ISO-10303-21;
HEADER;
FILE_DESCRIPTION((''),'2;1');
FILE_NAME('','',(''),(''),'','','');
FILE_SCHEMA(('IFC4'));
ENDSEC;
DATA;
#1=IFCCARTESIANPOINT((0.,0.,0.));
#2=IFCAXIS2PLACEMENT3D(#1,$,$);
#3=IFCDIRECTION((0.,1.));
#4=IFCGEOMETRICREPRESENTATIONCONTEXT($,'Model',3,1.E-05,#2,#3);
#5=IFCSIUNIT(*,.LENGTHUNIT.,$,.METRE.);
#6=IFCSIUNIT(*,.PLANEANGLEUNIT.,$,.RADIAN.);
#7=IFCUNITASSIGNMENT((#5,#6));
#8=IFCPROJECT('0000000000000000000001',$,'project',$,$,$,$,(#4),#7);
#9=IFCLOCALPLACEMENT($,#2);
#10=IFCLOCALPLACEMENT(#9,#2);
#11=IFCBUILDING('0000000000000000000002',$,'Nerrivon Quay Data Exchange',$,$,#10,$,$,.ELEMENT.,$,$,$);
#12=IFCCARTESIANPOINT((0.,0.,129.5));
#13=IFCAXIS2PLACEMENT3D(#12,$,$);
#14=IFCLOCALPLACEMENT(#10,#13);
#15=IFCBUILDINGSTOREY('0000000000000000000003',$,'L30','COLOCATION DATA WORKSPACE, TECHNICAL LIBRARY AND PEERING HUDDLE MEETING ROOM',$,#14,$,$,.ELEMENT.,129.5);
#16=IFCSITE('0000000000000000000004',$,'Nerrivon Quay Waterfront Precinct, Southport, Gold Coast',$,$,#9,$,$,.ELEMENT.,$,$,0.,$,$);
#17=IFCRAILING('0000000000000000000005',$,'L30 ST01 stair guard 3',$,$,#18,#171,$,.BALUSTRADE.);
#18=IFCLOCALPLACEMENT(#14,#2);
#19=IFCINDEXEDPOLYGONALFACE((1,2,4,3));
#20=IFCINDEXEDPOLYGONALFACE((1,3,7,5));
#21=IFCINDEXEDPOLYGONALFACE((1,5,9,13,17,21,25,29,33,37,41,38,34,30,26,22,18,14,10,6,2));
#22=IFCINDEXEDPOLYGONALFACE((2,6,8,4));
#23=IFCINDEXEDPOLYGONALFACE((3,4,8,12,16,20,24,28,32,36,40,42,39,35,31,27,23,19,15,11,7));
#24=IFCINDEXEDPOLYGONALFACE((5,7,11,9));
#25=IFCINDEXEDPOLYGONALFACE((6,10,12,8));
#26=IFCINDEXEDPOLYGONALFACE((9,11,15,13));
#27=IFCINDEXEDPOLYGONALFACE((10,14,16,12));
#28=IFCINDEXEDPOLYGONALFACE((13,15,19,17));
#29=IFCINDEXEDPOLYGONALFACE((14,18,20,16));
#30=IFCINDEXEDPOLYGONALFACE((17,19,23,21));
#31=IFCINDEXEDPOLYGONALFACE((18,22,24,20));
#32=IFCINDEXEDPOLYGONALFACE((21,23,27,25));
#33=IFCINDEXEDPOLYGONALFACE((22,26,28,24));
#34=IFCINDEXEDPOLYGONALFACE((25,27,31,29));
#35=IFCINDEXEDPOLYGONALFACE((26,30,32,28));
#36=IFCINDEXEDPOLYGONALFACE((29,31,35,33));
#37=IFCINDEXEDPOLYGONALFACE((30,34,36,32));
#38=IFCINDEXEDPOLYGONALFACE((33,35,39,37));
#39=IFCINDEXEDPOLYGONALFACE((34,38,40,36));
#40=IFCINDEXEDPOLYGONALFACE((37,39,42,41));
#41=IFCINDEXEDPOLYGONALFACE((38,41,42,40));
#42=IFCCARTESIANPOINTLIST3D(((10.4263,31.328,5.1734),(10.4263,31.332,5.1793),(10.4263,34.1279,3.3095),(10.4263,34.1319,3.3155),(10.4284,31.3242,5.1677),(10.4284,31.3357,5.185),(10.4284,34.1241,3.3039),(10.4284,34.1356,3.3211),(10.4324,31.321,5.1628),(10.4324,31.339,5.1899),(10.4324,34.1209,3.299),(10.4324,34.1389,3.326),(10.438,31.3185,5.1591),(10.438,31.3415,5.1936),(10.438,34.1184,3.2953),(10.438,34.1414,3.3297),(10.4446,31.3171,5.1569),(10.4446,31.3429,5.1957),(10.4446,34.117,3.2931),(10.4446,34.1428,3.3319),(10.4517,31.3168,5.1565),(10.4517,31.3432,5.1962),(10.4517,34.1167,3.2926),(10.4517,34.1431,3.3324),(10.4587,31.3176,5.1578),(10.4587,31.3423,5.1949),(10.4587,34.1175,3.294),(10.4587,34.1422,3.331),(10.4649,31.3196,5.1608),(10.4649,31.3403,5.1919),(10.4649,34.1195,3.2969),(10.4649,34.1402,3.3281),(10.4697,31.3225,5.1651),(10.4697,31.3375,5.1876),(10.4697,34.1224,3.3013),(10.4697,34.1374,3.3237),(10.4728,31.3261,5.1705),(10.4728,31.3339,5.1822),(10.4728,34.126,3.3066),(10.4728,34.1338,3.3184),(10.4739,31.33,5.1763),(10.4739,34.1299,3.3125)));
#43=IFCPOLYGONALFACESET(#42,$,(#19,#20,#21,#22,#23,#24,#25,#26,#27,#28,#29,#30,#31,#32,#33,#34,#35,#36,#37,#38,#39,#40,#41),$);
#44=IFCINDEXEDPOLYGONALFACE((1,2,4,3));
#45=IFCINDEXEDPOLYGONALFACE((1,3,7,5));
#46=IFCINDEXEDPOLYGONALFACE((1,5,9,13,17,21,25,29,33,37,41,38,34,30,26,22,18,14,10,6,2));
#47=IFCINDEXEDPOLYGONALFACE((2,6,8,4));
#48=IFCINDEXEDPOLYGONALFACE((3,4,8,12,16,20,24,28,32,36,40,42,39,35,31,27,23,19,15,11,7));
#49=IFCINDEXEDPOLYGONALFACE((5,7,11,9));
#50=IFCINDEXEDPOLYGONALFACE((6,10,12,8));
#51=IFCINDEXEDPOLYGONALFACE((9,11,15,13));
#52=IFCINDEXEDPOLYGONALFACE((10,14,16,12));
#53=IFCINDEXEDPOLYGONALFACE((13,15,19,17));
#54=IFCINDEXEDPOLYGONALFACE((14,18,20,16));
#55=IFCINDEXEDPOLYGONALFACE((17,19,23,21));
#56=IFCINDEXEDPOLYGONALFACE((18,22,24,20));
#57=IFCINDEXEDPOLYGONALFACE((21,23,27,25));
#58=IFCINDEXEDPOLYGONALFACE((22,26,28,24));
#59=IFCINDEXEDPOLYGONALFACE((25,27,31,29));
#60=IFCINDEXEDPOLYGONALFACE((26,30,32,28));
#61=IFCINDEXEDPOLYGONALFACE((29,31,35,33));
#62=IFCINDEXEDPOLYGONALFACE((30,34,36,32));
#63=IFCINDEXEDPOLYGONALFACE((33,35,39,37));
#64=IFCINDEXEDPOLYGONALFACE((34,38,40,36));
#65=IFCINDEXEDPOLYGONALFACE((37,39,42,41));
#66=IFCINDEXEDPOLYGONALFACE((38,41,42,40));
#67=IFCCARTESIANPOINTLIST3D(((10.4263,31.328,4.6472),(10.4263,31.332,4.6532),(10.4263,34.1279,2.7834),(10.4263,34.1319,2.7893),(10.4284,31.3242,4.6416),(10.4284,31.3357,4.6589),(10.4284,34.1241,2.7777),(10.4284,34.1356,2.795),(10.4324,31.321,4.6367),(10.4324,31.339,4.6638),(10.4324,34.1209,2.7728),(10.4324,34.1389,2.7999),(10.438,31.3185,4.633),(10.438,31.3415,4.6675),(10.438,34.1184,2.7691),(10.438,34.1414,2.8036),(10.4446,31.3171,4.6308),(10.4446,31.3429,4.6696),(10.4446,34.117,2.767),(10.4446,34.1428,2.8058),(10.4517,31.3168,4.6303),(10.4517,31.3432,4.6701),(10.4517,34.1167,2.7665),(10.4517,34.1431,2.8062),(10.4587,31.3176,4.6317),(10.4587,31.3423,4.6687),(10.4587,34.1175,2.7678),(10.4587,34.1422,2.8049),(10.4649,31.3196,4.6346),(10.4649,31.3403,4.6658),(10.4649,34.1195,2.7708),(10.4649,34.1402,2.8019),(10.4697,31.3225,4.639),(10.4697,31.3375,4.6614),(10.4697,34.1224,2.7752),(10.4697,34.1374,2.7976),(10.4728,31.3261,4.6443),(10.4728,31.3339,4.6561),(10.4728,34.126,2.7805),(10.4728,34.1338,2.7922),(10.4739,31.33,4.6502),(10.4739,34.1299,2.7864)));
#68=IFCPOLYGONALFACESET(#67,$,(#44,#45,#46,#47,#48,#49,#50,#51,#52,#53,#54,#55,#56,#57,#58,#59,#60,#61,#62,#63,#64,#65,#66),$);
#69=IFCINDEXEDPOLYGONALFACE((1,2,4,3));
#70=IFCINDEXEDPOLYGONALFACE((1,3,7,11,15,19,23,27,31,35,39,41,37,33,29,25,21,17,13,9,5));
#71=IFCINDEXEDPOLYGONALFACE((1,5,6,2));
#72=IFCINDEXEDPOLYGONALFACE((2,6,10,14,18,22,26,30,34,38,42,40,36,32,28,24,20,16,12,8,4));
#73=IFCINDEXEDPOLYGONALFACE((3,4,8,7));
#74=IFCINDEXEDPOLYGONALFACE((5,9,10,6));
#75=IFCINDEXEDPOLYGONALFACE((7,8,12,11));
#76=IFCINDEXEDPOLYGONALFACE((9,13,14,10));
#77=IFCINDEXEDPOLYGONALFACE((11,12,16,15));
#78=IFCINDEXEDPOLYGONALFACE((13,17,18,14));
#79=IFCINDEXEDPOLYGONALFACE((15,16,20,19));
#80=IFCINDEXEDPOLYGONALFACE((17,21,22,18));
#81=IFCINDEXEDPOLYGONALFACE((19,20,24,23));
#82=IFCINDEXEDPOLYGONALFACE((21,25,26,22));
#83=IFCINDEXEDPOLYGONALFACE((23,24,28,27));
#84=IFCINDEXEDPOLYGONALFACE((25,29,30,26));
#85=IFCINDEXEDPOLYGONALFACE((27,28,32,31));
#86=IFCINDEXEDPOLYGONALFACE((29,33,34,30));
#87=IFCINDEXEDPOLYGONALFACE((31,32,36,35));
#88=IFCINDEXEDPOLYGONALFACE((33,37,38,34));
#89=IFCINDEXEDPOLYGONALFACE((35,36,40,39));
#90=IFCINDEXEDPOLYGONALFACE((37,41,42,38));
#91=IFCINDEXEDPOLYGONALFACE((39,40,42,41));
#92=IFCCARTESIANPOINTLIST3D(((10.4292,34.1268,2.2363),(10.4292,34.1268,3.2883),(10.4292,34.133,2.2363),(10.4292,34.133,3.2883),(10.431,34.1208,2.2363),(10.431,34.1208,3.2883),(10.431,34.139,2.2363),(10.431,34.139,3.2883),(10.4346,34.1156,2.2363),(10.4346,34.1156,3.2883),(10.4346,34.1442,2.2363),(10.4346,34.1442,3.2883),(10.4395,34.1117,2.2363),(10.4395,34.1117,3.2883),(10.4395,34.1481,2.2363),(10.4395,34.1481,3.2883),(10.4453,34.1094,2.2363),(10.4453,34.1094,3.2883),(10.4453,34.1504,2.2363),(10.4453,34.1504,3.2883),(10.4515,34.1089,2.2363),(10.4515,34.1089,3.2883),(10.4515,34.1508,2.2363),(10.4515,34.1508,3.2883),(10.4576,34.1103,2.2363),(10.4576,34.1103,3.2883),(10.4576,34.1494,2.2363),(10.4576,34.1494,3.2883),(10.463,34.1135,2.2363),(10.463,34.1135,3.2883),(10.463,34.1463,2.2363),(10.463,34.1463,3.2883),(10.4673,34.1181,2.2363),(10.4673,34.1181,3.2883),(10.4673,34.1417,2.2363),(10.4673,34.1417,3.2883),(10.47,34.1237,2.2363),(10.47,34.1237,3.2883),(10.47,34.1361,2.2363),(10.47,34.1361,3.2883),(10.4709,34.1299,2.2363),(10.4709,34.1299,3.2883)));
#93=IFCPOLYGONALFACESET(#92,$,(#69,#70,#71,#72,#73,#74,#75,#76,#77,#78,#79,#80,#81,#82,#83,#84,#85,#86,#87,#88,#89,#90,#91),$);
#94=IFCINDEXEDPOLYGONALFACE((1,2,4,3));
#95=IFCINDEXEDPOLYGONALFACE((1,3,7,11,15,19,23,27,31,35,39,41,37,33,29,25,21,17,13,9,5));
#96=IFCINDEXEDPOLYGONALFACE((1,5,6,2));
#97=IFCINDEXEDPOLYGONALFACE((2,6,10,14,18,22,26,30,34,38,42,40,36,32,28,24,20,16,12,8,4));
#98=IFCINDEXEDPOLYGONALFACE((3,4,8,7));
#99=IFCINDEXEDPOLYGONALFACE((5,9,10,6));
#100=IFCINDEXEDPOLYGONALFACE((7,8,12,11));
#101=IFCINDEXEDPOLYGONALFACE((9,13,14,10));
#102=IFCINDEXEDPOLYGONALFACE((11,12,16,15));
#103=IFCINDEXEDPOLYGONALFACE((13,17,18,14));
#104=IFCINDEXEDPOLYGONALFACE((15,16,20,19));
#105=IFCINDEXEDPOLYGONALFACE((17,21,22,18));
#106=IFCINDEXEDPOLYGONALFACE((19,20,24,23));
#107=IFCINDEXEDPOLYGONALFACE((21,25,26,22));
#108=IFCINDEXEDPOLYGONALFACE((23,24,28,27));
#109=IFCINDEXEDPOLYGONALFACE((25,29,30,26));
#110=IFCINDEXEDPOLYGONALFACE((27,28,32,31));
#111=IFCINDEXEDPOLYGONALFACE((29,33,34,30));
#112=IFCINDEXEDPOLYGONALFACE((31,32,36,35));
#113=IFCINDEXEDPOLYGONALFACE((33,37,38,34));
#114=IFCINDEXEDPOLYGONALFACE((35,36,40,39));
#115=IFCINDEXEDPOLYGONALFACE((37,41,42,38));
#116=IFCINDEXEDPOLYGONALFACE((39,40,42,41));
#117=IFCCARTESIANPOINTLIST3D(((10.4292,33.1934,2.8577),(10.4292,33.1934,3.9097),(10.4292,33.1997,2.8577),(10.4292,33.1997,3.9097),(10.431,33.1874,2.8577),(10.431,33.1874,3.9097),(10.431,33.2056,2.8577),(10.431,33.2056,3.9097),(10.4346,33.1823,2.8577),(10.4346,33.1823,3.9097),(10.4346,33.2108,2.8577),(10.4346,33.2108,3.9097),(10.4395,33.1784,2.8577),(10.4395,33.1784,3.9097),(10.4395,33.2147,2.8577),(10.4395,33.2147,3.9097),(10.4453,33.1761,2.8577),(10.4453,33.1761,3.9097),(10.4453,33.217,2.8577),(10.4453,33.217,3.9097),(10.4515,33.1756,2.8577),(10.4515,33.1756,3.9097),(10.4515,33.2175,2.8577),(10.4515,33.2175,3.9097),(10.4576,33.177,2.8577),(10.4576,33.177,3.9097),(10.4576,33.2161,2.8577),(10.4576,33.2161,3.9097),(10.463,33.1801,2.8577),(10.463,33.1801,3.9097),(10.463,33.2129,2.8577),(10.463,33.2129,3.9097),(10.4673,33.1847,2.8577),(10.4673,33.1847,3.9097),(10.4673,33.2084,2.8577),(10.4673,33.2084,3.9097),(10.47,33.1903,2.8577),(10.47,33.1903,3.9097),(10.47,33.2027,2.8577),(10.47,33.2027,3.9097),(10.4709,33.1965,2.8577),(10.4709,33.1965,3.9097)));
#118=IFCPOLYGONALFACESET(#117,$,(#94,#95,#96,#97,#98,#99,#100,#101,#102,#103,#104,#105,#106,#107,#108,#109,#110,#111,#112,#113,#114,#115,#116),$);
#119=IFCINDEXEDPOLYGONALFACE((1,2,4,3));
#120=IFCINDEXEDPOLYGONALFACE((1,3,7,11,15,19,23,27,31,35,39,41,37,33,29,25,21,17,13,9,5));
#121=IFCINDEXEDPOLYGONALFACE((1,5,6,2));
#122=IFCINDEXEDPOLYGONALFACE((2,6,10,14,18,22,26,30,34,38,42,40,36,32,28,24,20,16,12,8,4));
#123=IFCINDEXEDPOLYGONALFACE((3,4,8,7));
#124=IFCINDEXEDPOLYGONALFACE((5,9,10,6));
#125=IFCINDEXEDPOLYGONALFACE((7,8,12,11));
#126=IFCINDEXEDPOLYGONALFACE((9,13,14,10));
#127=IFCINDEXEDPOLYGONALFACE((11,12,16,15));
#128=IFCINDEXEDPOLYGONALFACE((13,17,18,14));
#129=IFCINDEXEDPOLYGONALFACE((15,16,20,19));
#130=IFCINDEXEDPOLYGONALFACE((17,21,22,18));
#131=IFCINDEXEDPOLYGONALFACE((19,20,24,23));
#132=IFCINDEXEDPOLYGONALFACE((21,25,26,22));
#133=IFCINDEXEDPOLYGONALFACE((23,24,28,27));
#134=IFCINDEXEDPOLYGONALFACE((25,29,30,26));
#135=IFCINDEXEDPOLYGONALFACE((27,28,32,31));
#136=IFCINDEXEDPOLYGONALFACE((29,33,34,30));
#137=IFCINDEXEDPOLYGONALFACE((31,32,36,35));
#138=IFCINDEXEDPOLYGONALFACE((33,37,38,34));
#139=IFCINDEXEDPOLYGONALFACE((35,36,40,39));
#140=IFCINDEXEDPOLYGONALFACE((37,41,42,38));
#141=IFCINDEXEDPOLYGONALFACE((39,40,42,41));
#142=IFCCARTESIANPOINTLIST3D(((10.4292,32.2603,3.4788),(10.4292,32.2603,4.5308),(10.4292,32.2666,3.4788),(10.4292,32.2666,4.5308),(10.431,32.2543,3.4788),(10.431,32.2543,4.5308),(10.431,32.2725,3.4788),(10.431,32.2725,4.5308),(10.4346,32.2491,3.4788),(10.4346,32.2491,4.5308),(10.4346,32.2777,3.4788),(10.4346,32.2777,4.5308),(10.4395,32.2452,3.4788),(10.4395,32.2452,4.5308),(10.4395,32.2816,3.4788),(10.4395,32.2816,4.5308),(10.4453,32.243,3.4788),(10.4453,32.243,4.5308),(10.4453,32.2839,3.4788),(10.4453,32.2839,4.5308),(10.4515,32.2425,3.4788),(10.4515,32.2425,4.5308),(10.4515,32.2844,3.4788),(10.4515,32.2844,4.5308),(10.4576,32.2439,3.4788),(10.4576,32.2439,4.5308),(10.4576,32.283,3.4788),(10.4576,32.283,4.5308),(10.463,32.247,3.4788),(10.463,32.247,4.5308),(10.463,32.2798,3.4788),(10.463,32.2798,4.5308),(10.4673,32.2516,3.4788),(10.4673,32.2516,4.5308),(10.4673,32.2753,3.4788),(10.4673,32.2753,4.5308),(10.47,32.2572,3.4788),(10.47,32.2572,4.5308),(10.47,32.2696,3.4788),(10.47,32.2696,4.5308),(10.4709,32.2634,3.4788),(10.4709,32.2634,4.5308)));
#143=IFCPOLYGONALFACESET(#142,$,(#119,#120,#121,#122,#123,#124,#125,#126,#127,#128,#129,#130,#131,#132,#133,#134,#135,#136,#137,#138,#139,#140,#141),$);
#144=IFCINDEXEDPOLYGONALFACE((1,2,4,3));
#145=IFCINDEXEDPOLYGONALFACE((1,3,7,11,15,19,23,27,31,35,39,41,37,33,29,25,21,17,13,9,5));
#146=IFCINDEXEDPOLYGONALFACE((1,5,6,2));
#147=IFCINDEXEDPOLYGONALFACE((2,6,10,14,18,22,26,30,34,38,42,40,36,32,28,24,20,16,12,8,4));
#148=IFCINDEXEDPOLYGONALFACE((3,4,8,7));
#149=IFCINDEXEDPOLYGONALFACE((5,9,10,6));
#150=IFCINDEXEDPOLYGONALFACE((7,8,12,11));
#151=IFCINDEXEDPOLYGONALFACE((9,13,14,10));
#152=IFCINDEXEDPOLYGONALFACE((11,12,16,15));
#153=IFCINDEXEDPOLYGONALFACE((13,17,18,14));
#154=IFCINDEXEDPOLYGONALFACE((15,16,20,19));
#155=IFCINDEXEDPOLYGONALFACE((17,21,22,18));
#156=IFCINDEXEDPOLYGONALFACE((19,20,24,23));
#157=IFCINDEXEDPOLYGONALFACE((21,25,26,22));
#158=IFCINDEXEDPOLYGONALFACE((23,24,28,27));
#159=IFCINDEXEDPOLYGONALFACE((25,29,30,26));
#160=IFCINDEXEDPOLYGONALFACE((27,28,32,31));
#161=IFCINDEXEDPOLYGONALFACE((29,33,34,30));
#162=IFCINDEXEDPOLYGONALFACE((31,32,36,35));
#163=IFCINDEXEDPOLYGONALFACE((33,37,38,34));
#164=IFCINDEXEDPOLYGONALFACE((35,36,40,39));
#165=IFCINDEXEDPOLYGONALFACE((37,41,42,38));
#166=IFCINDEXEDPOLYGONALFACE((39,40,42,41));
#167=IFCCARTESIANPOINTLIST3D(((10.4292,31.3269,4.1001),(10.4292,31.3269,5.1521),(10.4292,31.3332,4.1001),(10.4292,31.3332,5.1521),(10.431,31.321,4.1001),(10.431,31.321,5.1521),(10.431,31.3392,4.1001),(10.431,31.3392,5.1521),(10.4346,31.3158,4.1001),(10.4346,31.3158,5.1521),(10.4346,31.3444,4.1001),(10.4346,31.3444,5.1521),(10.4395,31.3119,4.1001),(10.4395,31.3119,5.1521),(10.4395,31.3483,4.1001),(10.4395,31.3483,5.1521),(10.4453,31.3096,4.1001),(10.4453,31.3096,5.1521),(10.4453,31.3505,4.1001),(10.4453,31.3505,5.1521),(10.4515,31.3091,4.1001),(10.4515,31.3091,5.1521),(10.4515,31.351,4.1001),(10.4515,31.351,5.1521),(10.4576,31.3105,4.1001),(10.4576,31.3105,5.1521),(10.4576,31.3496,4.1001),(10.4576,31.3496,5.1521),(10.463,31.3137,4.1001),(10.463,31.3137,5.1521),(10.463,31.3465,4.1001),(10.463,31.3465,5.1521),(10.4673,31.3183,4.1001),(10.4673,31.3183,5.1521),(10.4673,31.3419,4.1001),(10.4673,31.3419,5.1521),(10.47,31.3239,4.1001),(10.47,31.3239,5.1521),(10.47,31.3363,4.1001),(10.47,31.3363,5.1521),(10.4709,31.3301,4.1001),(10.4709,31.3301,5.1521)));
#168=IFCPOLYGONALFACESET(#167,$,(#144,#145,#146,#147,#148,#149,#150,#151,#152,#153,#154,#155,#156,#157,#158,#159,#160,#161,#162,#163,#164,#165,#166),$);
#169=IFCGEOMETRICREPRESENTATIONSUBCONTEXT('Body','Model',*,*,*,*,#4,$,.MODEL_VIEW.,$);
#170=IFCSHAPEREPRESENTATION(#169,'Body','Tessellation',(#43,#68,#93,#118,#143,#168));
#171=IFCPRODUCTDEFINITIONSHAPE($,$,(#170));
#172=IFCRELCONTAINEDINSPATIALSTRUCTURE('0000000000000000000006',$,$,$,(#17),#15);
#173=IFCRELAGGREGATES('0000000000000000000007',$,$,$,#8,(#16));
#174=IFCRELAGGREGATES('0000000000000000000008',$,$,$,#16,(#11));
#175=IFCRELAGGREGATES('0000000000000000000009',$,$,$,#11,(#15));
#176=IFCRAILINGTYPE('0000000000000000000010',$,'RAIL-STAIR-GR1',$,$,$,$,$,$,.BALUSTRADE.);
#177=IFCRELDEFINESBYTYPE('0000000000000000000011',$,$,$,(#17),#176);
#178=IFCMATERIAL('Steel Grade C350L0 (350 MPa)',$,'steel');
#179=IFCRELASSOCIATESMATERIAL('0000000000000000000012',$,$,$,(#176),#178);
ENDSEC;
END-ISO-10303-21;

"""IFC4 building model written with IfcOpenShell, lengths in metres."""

from ifc_helpers import new_model, si_unit, direction, frame, origin, origin_2d, place, context, subcontext, project, spatial, circle, extrude, material, type_object, element, save


model = new_model("IFC4")

# Units and contexts
model_context = context("Model", 3, precision=1e-05, world=origin(), true_north=direction((0.0, 1.0)))
body_context = subcontext(model_context, "Body", "Model", "MODEL_VIEW")
ifc_project = project(units=[si_unit("LENGTHUNIT", "METRE"), si_unit("PLANEANGLEUNIT", "RADIAN")], contexts=[model_context])

# Site, building, storey
site_placement = place(None, origin())
site = spatial("IfcSite", under=ifc_project, at=site_placement, Name="Nerrivon Quay Waterfront Precinct, Southport, Gold Coast", CompositionType="ELEMENT", RefElevation=0.0)
building_placement = place(site_placement, origin())
building = spatial("IfcBuilding", under=site, at=building_placement, Name="Nerrivon Quay Data Exchange", CompositionType="ELEMENT")
storey_placement = place(building_placement, frame((0.0, 0.0, 129.5)))
storey = spatial("IfcBuildingStorey", under=building, at=storey_placement, Name="L30", Description="COLOCATION DATA WORKSPACE, TECHNICAL LIBRARY AND PEERING HUDDLE MEETING ROOM", CompositionType="ELEMENT", Elevation=129.5)

# Railing
ifc_material_1 = material(Name="Steel Grade C350L0 (350 MPa)", Category="steel")
railing_type = type_object("IfcRailingType", Name="RAIL-STAIR-GR1", PredefinedType="BALUSTRADE", material=ifc_material_1)
railing_1_placement = place(storey_placement, frame((10.45, 34.1299, 2.2363)))
element("IfcRailing", 1, at=railing_1_placement, inside=storey, type_object=railing_type, Name="L30 ST01 stair guard 3", PredefinedType="BALUSTRADE", context=body_context, shape_type="SweptSolid", body=[
    extrude(circle(Radius=0.0239, at=origin_2d()), frame((0.0, 0.0, 1.0762), z_axis=(0.0, -0.83243, 0.554131), x_axis=(1.0, 0.0, 0.0)), (0.0, 0.0, 1.0), 3.3635),
    extrude(circle(Radius=0.0239, at=origin_2d()), frame((0.0, 0.0, 0.55), z_axis=(0.0, -0.83243, 0.554131), x_axis=(1.0, 0.0, 0.0)), (0.0, 0.0, 1.0), 3.3635),
    extrude(circle(Radius=0.021, at=origin_2d()), origin(), (0.0, 0.0, 1.0), 1.052),
    extrude(circle(Radius=0.021, at=origin_2d()), frame((0.0, -0.9333, 0.6213)), (0.0, 0.0, 1.0), 1.052),
    extrude(circle(Radius=0.021, at=origin_2d()), frame((0.0, -1.8665, 1.2424)), (0.0, 0.0, 1.0), 1.052),
    extrude(circle(Radius=0.021, at=origin_2d()), frame((0.0, -2.7998, 1.8638)), (0.0, 0.0, 1.0), 1.052),
])

save(model, "model.ifc")
